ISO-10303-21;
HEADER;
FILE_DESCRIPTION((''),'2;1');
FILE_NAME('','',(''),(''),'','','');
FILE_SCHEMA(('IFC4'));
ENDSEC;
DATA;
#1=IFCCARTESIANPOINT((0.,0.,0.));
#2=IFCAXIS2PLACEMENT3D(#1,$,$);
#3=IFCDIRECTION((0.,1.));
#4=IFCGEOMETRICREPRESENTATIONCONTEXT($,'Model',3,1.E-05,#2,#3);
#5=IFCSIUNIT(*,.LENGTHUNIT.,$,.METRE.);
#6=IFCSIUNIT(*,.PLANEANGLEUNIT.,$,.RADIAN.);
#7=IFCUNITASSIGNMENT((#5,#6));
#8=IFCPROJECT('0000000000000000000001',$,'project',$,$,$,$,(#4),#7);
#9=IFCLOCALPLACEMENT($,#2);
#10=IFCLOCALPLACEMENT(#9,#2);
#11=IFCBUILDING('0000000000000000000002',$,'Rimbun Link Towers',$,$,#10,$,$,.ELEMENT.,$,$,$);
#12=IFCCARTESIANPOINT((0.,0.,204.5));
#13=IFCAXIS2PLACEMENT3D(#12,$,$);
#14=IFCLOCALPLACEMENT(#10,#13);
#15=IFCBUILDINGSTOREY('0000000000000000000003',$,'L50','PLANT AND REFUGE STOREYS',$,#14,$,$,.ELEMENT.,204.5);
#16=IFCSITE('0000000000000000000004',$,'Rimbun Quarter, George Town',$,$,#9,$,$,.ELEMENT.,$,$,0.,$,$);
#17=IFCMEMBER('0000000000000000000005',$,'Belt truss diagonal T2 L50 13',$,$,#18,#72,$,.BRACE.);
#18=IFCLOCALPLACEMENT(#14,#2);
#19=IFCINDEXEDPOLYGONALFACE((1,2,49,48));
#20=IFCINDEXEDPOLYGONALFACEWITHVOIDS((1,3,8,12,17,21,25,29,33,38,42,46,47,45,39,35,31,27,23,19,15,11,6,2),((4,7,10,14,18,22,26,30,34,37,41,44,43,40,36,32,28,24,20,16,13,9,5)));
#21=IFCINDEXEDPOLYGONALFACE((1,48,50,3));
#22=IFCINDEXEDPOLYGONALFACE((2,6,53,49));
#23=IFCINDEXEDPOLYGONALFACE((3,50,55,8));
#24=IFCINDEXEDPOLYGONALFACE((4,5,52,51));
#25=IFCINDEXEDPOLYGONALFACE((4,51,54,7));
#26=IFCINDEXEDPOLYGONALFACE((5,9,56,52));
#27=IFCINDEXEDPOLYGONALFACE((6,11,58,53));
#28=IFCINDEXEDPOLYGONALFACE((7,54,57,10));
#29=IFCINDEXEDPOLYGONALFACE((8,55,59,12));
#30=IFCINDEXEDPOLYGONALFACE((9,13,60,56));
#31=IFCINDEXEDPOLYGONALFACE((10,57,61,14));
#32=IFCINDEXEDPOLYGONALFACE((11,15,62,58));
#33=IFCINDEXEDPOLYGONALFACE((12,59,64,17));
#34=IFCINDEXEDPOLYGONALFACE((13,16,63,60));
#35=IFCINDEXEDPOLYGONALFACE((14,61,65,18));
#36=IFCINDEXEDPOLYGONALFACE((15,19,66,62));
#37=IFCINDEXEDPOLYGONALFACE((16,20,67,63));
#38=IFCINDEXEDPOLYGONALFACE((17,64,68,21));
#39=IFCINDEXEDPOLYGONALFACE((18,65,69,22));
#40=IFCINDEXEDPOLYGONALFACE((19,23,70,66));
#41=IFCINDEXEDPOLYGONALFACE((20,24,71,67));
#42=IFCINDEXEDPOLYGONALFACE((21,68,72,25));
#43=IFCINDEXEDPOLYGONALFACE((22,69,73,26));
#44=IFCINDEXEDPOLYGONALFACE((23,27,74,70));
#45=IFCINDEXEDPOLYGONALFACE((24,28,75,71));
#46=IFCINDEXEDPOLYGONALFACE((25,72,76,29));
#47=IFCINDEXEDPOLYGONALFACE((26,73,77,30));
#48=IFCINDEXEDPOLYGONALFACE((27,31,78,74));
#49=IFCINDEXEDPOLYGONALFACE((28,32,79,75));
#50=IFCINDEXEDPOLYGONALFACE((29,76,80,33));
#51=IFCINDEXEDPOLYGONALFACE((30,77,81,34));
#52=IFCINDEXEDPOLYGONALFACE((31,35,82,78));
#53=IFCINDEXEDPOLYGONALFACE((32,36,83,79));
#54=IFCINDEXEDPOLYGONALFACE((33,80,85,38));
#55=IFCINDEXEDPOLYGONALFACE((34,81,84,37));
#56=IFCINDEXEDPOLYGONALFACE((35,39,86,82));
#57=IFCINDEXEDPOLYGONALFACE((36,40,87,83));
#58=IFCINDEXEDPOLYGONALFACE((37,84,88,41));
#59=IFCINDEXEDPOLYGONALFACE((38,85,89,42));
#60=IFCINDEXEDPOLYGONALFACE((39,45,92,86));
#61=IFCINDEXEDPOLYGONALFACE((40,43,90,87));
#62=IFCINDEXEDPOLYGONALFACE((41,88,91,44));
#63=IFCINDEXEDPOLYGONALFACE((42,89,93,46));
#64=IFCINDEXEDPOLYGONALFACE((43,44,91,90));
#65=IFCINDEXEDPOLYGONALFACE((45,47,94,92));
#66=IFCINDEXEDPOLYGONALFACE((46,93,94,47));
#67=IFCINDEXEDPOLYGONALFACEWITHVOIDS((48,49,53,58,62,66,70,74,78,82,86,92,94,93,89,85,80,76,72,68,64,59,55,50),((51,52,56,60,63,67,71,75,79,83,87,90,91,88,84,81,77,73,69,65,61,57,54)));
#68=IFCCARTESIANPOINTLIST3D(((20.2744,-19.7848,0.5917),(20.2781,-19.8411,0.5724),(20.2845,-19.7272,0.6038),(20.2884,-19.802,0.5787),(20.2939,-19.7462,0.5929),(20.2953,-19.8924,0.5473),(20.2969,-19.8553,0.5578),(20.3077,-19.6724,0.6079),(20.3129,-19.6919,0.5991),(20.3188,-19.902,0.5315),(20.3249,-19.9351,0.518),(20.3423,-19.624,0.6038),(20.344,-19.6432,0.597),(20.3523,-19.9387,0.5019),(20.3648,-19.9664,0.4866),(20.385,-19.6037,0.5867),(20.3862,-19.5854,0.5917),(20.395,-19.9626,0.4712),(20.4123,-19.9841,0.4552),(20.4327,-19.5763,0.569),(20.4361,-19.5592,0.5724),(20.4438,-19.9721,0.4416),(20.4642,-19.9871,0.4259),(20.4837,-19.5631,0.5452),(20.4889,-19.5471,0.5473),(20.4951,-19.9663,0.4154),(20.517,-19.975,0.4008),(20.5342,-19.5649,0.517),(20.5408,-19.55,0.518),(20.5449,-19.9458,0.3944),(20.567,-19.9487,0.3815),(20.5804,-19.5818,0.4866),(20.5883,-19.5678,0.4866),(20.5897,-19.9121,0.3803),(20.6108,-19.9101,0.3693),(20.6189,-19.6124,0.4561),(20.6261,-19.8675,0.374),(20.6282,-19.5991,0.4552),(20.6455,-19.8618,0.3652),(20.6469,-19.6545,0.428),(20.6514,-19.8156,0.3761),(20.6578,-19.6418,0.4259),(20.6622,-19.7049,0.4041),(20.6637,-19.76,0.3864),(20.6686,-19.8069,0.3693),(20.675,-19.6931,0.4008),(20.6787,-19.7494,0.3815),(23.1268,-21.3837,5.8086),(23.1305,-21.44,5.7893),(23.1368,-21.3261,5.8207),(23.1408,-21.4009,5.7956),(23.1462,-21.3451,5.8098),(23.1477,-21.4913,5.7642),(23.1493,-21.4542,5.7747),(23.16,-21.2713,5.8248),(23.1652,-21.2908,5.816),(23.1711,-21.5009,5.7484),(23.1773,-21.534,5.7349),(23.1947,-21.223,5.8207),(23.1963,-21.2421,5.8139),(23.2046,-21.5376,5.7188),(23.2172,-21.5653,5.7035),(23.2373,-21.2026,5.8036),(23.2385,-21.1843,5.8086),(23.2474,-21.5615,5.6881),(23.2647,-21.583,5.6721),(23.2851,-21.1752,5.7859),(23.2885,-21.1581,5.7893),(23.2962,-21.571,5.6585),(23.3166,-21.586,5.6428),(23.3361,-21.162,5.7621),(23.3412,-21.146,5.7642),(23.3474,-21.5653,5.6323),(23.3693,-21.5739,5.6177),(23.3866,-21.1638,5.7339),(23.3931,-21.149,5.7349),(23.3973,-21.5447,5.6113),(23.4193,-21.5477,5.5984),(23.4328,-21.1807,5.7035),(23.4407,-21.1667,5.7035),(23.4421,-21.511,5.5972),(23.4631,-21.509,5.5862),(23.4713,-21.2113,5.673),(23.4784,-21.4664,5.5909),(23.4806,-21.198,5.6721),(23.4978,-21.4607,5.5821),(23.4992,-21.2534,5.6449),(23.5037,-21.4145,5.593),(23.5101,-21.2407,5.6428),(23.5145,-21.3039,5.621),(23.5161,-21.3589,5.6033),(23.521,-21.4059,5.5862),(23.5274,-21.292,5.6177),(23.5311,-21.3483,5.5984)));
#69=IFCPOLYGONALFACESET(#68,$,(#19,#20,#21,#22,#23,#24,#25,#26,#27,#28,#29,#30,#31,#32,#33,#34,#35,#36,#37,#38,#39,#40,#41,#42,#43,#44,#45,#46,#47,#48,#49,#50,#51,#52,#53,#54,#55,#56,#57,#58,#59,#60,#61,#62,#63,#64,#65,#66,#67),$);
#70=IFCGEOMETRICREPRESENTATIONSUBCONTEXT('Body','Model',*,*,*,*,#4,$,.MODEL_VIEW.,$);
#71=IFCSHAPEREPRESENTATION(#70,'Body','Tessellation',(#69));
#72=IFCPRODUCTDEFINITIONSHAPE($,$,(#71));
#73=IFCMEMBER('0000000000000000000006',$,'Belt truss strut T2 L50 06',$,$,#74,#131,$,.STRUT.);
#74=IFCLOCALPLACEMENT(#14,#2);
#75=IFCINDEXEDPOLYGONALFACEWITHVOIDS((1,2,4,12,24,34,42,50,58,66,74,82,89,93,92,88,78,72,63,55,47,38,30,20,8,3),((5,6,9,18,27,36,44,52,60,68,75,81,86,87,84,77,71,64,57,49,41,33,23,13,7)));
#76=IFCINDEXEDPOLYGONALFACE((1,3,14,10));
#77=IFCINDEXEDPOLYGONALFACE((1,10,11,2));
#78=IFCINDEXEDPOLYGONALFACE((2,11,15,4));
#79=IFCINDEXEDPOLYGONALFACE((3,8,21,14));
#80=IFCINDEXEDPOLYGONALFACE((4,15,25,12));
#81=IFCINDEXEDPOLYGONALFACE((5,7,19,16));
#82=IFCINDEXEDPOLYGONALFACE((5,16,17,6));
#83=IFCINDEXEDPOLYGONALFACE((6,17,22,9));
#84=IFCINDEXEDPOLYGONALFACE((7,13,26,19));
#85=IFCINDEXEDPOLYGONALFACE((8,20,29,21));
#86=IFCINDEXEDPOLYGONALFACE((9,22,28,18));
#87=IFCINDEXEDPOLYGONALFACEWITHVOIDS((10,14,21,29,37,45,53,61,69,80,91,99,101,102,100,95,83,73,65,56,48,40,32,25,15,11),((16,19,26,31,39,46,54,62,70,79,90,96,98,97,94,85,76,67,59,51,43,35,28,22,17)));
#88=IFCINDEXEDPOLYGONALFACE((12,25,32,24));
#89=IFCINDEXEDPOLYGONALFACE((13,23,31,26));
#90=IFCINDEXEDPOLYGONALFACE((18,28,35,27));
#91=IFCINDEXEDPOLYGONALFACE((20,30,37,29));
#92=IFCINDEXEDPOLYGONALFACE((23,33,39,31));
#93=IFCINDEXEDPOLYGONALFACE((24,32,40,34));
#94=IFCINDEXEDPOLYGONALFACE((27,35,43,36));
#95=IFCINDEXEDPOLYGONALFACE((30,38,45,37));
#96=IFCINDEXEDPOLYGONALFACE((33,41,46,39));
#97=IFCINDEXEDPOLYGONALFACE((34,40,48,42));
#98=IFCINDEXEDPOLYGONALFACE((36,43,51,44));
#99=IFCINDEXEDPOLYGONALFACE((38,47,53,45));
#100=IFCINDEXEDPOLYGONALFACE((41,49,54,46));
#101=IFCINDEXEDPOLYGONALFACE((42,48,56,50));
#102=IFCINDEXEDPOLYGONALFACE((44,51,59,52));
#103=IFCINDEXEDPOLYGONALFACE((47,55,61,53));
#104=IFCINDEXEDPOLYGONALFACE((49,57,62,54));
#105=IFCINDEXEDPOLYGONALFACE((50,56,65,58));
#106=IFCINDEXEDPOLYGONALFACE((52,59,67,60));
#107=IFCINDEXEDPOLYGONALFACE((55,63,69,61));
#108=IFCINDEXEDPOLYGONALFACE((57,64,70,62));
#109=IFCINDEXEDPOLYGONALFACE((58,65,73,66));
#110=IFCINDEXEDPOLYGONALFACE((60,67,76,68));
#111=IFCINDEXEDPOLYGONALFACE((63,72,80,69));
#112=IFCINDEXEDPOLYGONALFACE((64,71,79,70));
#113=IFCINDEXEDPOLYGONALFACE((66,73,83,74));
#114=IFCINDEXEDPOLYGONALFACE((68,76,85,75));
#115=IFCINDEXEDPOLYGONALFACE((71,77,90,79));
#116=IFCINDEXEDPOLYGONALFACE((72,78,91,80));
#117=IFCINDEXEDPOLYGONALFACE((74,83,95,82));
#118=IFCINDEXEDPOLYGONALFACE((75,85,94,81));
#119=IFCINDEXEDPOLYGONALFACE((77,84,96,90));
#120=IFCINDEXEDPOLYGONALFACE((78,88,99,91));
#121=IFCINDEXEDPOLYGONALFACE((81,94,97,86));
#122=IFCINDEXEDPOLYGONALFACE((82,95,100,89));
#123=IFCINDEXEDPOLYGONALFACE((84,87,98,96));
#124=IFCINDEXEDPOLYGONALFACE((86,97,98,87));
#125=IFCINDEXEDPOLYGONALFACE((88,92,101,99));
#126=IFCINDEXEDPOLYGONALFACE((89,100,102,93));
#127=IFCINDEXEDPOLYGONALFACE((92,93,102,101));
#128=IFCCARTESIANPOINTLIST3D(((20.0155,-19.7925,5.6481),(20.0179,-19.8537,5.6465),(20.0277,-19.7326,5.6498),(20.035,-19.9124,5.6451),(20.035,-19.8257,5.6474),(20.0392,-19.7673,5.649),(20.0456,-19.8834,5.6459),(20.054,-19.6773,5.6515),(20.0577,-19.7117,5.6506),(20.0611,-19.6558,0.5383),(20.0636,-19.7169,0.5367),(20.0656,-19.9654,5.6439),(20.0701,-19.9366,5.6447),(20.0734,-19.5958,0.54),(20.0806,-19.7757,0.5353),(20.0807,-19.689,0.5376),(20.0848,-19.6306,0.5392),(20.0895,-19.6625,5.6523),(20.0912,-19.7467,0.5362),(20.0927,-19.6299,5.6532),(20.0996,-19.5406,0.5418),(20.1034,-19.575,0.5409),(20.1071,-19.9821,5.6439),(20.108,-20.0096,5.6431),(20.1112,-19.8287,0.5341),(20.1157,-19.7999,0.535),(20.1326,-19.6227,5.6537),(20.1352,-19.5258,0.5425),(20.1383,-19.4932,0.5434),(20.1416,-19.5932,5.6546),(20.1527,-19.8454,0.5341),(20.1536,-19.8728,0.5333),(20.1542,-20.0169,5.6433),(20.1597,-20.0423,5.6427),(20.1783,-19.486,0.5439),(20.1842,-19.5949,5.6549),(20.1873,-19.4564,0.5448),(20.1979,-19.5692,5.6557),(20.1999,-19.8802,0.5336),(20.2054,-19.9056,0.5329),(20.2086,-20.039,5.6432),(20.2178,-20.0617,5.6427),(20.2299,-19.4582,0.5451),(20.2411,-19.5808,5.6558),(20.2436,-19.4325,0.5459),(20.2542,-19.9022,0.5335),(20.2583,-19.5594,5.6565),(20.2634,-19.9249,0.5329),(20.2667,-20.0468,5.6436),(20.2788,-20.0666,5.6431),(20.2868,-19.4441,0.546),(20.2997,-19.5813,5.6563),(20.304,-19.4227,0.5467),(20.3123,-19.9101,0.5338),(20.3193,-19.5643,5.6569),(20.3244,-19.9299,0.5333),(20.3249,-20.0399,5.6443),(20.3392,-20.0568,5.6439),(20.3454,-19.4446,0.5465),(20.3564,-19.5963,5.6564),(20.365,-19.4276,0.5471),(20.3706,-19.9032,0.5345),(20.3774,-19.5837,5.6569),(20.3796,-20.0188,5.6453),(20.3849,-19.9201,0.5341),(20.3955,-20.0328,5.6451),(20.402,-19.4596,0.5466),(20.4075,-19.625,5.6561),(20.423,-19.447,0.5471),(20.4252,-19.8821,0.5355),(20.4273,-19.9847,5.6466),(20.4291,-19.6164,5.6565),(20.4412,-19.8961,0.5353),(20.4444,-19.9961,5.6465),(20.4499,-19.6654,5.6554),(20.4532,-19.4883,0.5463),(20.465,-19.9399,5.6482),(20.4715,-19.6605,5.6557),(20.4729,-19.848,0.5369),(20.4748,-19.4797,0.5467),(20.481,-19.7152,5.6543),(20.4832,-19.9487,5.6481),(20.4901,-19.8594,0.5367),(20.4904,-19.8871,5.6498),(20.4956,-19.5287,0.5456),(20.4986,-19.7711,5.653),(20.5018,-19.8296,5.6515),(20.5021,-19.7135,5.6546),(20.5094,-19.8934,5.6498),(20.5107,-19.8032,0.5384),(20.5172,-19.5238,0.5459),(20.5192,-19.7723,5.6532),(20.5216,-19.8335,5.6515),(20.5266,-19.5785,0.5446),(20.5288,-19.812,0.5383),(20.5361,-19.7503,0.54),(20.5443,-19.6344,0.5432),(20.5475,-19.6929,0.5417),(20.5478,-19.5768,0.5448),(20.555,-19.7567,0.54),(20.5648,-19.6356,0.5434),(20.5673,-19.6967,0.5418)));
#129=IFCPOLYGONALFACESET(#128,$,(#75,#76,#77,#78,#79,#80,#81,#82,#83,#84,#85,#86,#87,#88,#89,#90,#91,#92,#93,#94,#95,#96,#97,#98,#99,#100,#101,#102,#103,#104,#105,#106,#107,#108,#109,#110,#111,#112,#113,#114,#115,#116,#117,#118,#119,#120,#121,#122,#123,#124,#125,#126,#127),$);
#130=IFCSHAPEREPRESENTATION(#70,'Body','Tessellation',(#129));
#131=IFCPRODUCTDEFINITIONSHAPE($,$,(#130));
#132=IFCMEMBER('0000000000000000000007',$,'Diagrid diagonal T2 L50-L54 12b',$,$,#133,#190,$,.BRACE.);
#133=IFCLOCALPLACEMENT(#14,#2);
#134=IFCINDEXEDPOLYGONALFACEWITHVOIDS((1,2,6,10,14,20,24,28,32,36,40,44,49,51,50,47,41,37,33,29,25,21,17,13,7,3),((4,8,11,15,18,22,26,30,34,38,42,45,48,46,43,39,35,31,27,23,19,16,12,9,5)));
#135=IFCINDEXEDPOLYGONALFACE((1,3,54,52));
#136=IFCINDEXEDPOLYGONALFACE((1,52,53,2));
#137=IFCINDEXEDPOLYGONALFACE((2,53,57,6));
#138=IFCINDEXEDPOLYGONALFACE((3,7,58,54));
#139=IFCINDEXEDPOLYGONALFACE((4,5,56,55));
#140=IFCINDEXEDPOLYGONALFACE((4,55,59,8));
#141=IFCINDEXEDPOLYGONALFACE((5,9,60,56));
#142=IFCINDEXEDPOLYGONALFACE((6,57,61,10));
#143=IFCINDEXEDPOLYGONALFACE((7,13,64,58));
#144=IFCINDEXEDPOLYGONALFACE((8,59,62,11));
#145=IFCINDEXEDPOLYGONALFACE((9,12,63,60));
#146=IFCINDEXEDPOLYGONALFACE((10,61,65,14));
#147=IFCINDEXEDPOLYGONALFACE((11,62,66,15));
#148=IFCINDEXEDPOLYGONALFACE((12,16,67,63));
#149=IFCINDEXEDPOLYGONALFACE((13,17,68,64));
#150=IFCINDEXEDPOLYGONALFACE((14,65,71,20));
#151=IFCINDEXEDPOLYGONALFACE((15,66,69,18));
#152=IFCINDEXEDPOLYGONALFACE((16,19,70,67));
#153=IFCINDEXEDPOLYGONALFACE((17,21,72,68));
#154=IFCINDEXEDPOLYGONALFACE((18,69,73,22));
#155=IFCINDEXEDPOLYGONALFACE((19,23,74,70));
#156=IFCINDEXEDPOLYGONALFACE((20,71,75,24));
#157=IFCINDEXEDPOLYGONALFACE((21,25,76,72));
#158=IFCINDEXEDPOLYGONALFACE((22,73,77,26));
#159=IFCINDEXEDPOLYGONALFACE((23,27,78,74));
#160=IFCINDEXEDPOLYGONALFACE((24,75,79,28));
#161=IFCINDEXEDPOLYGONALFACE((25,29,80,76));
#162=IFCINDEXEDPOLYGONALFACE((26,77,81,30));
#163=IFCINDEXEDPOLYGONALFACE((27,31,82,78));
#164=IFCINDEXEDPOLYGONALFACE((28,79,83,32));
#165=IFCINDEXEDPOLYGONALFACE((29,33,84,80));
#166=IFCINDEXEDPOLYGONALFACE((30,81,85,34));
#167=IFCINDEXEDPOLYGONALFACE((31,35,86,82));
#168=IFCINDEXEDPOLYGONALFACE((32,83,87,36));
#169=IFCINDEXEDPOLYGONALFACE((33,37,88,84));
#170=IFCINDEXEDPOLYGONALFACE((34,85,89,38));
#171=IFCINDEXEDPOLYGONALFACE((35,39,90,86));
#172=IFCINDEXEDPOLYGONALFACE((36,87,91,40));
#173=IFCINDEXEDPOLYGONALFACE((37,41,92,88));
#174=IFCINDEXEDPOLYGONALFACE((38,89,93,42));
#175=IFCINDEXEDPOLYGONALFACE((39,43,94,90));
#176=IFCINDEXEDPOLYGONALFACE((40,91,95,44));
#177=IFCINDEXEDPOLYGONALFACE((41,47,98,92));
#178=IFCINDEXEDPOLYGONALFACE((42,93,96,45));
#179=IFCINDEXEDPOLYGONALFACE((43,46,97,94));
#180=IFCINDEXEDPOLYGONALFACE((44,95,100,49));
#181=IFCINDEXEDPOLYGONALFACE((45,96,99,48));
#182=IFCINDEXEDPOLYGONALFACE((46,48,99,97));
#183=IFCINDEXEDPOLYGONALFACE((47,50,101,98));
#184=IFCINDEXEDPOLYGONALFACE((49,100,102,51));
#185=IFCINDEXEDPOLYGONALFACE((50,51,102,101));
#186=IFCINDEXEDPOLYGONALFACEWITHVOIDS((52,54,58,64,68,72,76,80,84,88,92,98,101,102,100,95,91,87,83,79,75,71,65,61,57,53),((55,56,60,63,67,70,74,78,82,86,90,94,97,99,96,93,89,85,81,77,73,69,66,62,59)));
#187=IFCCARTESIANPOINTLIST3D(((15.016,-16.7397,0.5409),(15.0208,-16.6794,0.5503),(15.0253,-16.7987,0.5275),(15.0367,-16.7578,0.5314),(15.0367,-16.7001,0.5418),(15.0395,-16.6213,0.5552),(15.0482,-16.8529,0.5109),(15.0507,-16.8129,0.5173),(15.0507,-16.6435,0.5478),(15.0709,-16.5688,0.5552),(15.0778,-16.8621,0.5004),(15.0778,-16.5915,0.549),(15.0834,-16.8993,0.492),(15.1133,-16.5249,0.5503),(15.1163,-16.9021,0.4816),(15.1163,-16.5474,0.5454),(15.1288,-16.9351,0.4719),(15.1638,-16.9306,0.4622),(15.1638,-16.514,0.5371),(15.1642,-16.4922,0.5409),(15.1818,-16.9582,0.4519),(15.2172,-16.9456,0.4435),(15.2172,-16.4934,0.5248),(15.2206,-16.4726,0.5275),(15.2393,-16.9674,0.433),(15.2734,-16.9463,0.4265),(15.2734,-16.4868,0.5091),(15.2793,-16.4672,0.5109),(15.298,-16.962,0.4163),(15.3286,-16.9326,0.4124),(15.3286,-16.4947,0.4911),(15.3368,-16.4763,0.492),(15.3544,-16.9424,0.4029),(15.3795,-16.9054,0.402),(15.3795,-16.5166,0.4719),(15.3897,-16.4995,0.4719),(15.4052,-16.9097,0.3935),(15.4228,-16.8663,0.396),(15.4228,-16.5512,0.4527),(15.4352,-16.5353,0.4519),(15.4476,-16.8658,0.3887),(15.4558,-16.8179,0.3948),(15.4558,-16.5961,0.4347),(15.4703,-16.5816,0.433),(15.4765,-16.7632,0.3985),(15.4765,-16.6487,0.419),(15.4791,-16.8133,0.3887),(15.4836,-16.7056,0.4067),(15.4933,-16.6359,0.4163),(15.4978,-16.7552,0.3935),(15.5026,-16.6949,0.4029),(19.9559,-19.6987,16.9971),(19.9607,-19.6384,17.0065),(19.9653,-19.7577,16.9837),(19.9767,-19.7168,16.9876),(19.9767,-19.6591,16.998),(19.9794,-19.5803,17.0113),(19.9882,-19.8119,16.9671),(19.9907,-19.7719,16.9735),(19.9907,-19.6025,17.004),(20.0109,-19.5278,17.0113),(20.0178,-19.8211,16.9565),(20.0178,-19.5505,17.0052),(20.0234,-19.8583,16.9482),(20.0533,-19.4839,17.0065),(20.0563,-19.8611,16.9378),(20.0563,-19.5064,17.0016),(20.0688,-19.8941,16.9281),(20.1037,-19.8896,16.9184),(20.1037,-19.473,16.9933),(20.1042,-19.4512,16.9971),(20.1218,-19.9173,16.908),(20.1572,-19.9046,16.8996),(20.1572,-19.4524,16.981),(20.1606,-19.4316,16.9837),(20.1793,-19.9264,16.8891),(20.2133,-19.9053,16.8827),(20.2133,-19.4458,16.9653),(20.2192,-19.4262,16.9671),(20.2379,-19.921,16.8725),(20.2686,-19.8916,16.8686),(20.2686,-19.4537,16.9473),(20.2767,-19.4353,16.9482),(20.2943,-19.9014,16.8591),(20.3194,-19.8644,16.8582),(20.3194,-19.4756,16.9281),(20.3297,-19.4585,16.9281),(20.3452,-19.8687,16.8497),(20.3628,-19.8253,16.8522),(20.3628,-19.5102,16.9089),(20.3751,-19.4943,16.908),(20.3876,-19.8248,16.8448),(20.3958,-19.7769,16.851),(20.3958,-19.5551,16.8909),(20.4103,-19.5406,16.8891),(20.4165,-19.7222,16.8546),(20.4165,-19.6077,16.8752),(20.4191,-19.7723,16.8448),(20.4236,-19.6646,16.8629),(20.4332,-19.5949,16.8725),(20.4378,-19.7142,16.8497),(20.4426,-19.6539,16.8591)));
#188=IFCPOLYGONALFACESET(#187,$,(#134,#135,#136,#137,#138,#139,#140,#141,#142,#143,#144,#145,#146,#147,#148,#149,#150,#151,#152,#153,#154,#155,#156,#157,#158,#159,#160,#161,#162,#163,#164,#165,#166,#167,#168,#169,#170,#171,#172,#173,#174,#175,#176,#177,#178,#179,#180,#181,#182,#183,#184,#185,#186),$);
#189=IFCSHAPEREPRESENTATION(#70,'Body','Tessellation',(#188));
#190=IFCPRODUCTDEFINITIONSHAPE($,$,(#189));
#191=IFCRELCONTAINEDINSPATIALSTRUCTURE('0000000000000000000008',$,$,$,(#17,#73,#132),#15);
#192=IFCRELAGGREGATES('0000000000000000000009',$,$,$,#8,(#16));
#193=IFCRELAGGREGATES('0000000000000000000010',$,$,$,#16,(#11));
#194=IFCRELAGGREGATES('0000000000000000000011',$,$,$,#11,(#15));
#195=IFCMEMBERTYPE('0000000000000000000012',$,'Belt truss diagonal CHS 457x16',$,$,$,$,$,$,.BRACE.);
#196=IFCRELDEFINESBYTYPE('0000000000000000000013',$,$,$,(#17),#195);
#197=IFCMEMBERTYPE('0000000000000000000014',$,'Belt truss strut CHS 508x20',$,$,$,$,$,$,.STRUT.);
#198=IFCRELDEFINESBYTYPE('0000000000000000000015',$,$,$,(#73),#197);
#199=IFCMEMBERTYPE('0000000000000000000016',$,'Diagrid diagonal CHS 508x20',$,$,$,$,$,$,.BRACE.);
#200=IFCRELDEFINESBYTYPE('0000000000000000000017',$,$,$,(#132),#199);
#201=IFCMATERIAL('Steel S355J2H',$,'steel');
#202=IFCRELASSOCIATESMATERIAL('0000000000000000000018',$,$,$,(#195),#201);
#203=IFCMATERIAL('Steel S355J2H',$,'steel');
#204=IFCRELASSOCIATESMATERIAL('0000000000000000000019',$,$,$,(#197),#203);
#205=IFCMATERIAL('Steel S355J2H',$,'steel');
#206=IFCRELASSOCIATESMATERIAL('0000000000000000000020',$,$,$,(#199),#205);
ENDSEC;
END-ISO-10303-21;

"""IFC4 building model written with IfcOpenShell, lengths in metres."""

from ifc_helpers import new_model, si_unit, direction, frame, origin, origin_2d, place, context, subcontext, project, spatial, hollow_circle, extrude, material, material_profile, profile_set, type_object, element, save


model = new_model("IFC4")

# Units and contexts
model_context = context("Model", 3, precision=1e-05, world=origin(), true_north=direction((0.0, 1.0)))
body_context = subcontext(model_context, "Body", "Model", "MODEL_VIEW")
ifc_project = project(units=[si_unit("LENGTHUNIT", "METRE"), si_unit("PLANEANGLEUNIT", "RADIAN")], contexts=[model_context])

# Site, building, storey
site_placement = place(None, origin())
site = spatial("IfcSite", under=ifc_project, at=site_placement, Name="Rimbun Quarter, George Town", CompositionType="ELEMENT", RefElevation=0.0)
building_placement = place(site_placement, origin())
building = spatial("IfcBuilding", under=site, at=building_placement, Name="Rimbun Link Towers", CompositionType="ELEMENT")
storey_placement = place(building_placement, frame((0.0, 0.0, 204.5)))
storey = spatial("IfcBuildingStorey", under=building, at=storey_placement, Name="L50", Description="PLANT AND REFUGE STOREYS", CompositionType="ELEMENT", Elevation=204.5)

# Members
ifc_material_1 = material(Name="Steel S355J2H", Category="steel")
ifc_material_profile_1 = material_profile(ifc_material_1, hollow_circle(Radius=0.2285, WallThickness=0.0161, at=origin_2d()), Name="Belt truss diagonal CHS 457x16")
ifc_profile_set_1 = profile_set([ifc_material_profile_1], Name="Steel S355J2H")
member_type_1 = type_object("IfcMemberType", Name="Belt truss diagonal CHS 457x16", PredefinedType="BRACE", material=ifc_profile_set_1)
member_1_placement = place(storey_placement, frame((20.4766, -19.7671, 0.4866), z_axis=(0.463271, -0.25969, 0.847314), x_axis=(0.488974, 0.872298, 0.0)))
element("IfcMember", 1, at=member_1_placement, inside=storey, type_object=member_type_1, Name="Belt truss diagonal T2 L50 13", PredefinedType="BRACE", context=body_context, shape_type="SweptSolid", body=[
    extrude(hollow_circle(Radius=0.2285, WallThickness=0.0161, at=origin_2d()), origin(), (0.0, 0.0, 1.0), 6.157),
])
ifc_material_2 = material(Name="Steel S355J2H", Category="steel")
ifc_material_profile_2 = material_profile(ifc_material_2, hollow_circle(Radius=0.2539, WallThickness=0.02, at=origin_2d()), Name="Belt truss strut CHS 508x20")
ifc_profile_set_2 = profile_set([ifc_material_profile_2], Name="Steel S355J2H")
member_type_2 = type_object("IfcMemberType", Name="Belt truss strut CHS 508x20", PredefinedType="STRUT", material=ifc_profile_set_2)
member_2_placement = place(storey_placement, frame((20.3142, -19.6763, 0.54), z_axis=(-0.008931, -0.026745, 0.999602), x_axis=(0.948514, -0.316736, 0.0)))
element("IfcMember", 2, at=member_2_placement, inside=storey, type_object=member_type_2, Name="Belt truss strut T2 L50 06", PredefinedType="STRUT", context=body_context, shape_type="SweptSolid", body=[
    extrude(hollow_circle(Radius=0.2539, WallThickness=0.02, at=origin_2d()), origin(), (0.0, 0.0, 1.0), 5.1118),
])
ifc_material_3 = material(Name="Steel S355J2H", Category="steel")
ifc_material_profile_3 = material_profile(ifc_material_3, hollow_circle(Radius=0.2539, WallThickness=0.02, at=origin_2d()), Name="Diagrid diagonal CHS 508x20")
ifc_profile_set_3 = profile_set([ifc_material_profile_3], Name="Steel S355J2H")
member_type_3 = type_object("IfcMemberType", Name="Diagrid diagonal CHS 508x20", PredefinedType="BRACE", material=ifc_profile_set_3)
member_3_placement = place(storey_placement, frame((15.2593, -16.7173, 0.4719), z_axis=(0.283344, -0.16972, 0.943881), x_axis=(0.51386, 0.857874, 0.0)))
element("IfcMember", 3, at=member_3_placement, inside=storey, type_object=member_type_3, Name="Diagrid diagonal T2 L50-L54 12b", PredefinedType="BRACE", context=body_context, shape_type="SweptSolid", body=[
    extrude(hollow_circle(Radius=0.2539, WallThickness=0.02, at=origin_2d()), origin(), (0.0, 0.0, 1.0), 17.4346),
])

save(model, "model.ifc")
